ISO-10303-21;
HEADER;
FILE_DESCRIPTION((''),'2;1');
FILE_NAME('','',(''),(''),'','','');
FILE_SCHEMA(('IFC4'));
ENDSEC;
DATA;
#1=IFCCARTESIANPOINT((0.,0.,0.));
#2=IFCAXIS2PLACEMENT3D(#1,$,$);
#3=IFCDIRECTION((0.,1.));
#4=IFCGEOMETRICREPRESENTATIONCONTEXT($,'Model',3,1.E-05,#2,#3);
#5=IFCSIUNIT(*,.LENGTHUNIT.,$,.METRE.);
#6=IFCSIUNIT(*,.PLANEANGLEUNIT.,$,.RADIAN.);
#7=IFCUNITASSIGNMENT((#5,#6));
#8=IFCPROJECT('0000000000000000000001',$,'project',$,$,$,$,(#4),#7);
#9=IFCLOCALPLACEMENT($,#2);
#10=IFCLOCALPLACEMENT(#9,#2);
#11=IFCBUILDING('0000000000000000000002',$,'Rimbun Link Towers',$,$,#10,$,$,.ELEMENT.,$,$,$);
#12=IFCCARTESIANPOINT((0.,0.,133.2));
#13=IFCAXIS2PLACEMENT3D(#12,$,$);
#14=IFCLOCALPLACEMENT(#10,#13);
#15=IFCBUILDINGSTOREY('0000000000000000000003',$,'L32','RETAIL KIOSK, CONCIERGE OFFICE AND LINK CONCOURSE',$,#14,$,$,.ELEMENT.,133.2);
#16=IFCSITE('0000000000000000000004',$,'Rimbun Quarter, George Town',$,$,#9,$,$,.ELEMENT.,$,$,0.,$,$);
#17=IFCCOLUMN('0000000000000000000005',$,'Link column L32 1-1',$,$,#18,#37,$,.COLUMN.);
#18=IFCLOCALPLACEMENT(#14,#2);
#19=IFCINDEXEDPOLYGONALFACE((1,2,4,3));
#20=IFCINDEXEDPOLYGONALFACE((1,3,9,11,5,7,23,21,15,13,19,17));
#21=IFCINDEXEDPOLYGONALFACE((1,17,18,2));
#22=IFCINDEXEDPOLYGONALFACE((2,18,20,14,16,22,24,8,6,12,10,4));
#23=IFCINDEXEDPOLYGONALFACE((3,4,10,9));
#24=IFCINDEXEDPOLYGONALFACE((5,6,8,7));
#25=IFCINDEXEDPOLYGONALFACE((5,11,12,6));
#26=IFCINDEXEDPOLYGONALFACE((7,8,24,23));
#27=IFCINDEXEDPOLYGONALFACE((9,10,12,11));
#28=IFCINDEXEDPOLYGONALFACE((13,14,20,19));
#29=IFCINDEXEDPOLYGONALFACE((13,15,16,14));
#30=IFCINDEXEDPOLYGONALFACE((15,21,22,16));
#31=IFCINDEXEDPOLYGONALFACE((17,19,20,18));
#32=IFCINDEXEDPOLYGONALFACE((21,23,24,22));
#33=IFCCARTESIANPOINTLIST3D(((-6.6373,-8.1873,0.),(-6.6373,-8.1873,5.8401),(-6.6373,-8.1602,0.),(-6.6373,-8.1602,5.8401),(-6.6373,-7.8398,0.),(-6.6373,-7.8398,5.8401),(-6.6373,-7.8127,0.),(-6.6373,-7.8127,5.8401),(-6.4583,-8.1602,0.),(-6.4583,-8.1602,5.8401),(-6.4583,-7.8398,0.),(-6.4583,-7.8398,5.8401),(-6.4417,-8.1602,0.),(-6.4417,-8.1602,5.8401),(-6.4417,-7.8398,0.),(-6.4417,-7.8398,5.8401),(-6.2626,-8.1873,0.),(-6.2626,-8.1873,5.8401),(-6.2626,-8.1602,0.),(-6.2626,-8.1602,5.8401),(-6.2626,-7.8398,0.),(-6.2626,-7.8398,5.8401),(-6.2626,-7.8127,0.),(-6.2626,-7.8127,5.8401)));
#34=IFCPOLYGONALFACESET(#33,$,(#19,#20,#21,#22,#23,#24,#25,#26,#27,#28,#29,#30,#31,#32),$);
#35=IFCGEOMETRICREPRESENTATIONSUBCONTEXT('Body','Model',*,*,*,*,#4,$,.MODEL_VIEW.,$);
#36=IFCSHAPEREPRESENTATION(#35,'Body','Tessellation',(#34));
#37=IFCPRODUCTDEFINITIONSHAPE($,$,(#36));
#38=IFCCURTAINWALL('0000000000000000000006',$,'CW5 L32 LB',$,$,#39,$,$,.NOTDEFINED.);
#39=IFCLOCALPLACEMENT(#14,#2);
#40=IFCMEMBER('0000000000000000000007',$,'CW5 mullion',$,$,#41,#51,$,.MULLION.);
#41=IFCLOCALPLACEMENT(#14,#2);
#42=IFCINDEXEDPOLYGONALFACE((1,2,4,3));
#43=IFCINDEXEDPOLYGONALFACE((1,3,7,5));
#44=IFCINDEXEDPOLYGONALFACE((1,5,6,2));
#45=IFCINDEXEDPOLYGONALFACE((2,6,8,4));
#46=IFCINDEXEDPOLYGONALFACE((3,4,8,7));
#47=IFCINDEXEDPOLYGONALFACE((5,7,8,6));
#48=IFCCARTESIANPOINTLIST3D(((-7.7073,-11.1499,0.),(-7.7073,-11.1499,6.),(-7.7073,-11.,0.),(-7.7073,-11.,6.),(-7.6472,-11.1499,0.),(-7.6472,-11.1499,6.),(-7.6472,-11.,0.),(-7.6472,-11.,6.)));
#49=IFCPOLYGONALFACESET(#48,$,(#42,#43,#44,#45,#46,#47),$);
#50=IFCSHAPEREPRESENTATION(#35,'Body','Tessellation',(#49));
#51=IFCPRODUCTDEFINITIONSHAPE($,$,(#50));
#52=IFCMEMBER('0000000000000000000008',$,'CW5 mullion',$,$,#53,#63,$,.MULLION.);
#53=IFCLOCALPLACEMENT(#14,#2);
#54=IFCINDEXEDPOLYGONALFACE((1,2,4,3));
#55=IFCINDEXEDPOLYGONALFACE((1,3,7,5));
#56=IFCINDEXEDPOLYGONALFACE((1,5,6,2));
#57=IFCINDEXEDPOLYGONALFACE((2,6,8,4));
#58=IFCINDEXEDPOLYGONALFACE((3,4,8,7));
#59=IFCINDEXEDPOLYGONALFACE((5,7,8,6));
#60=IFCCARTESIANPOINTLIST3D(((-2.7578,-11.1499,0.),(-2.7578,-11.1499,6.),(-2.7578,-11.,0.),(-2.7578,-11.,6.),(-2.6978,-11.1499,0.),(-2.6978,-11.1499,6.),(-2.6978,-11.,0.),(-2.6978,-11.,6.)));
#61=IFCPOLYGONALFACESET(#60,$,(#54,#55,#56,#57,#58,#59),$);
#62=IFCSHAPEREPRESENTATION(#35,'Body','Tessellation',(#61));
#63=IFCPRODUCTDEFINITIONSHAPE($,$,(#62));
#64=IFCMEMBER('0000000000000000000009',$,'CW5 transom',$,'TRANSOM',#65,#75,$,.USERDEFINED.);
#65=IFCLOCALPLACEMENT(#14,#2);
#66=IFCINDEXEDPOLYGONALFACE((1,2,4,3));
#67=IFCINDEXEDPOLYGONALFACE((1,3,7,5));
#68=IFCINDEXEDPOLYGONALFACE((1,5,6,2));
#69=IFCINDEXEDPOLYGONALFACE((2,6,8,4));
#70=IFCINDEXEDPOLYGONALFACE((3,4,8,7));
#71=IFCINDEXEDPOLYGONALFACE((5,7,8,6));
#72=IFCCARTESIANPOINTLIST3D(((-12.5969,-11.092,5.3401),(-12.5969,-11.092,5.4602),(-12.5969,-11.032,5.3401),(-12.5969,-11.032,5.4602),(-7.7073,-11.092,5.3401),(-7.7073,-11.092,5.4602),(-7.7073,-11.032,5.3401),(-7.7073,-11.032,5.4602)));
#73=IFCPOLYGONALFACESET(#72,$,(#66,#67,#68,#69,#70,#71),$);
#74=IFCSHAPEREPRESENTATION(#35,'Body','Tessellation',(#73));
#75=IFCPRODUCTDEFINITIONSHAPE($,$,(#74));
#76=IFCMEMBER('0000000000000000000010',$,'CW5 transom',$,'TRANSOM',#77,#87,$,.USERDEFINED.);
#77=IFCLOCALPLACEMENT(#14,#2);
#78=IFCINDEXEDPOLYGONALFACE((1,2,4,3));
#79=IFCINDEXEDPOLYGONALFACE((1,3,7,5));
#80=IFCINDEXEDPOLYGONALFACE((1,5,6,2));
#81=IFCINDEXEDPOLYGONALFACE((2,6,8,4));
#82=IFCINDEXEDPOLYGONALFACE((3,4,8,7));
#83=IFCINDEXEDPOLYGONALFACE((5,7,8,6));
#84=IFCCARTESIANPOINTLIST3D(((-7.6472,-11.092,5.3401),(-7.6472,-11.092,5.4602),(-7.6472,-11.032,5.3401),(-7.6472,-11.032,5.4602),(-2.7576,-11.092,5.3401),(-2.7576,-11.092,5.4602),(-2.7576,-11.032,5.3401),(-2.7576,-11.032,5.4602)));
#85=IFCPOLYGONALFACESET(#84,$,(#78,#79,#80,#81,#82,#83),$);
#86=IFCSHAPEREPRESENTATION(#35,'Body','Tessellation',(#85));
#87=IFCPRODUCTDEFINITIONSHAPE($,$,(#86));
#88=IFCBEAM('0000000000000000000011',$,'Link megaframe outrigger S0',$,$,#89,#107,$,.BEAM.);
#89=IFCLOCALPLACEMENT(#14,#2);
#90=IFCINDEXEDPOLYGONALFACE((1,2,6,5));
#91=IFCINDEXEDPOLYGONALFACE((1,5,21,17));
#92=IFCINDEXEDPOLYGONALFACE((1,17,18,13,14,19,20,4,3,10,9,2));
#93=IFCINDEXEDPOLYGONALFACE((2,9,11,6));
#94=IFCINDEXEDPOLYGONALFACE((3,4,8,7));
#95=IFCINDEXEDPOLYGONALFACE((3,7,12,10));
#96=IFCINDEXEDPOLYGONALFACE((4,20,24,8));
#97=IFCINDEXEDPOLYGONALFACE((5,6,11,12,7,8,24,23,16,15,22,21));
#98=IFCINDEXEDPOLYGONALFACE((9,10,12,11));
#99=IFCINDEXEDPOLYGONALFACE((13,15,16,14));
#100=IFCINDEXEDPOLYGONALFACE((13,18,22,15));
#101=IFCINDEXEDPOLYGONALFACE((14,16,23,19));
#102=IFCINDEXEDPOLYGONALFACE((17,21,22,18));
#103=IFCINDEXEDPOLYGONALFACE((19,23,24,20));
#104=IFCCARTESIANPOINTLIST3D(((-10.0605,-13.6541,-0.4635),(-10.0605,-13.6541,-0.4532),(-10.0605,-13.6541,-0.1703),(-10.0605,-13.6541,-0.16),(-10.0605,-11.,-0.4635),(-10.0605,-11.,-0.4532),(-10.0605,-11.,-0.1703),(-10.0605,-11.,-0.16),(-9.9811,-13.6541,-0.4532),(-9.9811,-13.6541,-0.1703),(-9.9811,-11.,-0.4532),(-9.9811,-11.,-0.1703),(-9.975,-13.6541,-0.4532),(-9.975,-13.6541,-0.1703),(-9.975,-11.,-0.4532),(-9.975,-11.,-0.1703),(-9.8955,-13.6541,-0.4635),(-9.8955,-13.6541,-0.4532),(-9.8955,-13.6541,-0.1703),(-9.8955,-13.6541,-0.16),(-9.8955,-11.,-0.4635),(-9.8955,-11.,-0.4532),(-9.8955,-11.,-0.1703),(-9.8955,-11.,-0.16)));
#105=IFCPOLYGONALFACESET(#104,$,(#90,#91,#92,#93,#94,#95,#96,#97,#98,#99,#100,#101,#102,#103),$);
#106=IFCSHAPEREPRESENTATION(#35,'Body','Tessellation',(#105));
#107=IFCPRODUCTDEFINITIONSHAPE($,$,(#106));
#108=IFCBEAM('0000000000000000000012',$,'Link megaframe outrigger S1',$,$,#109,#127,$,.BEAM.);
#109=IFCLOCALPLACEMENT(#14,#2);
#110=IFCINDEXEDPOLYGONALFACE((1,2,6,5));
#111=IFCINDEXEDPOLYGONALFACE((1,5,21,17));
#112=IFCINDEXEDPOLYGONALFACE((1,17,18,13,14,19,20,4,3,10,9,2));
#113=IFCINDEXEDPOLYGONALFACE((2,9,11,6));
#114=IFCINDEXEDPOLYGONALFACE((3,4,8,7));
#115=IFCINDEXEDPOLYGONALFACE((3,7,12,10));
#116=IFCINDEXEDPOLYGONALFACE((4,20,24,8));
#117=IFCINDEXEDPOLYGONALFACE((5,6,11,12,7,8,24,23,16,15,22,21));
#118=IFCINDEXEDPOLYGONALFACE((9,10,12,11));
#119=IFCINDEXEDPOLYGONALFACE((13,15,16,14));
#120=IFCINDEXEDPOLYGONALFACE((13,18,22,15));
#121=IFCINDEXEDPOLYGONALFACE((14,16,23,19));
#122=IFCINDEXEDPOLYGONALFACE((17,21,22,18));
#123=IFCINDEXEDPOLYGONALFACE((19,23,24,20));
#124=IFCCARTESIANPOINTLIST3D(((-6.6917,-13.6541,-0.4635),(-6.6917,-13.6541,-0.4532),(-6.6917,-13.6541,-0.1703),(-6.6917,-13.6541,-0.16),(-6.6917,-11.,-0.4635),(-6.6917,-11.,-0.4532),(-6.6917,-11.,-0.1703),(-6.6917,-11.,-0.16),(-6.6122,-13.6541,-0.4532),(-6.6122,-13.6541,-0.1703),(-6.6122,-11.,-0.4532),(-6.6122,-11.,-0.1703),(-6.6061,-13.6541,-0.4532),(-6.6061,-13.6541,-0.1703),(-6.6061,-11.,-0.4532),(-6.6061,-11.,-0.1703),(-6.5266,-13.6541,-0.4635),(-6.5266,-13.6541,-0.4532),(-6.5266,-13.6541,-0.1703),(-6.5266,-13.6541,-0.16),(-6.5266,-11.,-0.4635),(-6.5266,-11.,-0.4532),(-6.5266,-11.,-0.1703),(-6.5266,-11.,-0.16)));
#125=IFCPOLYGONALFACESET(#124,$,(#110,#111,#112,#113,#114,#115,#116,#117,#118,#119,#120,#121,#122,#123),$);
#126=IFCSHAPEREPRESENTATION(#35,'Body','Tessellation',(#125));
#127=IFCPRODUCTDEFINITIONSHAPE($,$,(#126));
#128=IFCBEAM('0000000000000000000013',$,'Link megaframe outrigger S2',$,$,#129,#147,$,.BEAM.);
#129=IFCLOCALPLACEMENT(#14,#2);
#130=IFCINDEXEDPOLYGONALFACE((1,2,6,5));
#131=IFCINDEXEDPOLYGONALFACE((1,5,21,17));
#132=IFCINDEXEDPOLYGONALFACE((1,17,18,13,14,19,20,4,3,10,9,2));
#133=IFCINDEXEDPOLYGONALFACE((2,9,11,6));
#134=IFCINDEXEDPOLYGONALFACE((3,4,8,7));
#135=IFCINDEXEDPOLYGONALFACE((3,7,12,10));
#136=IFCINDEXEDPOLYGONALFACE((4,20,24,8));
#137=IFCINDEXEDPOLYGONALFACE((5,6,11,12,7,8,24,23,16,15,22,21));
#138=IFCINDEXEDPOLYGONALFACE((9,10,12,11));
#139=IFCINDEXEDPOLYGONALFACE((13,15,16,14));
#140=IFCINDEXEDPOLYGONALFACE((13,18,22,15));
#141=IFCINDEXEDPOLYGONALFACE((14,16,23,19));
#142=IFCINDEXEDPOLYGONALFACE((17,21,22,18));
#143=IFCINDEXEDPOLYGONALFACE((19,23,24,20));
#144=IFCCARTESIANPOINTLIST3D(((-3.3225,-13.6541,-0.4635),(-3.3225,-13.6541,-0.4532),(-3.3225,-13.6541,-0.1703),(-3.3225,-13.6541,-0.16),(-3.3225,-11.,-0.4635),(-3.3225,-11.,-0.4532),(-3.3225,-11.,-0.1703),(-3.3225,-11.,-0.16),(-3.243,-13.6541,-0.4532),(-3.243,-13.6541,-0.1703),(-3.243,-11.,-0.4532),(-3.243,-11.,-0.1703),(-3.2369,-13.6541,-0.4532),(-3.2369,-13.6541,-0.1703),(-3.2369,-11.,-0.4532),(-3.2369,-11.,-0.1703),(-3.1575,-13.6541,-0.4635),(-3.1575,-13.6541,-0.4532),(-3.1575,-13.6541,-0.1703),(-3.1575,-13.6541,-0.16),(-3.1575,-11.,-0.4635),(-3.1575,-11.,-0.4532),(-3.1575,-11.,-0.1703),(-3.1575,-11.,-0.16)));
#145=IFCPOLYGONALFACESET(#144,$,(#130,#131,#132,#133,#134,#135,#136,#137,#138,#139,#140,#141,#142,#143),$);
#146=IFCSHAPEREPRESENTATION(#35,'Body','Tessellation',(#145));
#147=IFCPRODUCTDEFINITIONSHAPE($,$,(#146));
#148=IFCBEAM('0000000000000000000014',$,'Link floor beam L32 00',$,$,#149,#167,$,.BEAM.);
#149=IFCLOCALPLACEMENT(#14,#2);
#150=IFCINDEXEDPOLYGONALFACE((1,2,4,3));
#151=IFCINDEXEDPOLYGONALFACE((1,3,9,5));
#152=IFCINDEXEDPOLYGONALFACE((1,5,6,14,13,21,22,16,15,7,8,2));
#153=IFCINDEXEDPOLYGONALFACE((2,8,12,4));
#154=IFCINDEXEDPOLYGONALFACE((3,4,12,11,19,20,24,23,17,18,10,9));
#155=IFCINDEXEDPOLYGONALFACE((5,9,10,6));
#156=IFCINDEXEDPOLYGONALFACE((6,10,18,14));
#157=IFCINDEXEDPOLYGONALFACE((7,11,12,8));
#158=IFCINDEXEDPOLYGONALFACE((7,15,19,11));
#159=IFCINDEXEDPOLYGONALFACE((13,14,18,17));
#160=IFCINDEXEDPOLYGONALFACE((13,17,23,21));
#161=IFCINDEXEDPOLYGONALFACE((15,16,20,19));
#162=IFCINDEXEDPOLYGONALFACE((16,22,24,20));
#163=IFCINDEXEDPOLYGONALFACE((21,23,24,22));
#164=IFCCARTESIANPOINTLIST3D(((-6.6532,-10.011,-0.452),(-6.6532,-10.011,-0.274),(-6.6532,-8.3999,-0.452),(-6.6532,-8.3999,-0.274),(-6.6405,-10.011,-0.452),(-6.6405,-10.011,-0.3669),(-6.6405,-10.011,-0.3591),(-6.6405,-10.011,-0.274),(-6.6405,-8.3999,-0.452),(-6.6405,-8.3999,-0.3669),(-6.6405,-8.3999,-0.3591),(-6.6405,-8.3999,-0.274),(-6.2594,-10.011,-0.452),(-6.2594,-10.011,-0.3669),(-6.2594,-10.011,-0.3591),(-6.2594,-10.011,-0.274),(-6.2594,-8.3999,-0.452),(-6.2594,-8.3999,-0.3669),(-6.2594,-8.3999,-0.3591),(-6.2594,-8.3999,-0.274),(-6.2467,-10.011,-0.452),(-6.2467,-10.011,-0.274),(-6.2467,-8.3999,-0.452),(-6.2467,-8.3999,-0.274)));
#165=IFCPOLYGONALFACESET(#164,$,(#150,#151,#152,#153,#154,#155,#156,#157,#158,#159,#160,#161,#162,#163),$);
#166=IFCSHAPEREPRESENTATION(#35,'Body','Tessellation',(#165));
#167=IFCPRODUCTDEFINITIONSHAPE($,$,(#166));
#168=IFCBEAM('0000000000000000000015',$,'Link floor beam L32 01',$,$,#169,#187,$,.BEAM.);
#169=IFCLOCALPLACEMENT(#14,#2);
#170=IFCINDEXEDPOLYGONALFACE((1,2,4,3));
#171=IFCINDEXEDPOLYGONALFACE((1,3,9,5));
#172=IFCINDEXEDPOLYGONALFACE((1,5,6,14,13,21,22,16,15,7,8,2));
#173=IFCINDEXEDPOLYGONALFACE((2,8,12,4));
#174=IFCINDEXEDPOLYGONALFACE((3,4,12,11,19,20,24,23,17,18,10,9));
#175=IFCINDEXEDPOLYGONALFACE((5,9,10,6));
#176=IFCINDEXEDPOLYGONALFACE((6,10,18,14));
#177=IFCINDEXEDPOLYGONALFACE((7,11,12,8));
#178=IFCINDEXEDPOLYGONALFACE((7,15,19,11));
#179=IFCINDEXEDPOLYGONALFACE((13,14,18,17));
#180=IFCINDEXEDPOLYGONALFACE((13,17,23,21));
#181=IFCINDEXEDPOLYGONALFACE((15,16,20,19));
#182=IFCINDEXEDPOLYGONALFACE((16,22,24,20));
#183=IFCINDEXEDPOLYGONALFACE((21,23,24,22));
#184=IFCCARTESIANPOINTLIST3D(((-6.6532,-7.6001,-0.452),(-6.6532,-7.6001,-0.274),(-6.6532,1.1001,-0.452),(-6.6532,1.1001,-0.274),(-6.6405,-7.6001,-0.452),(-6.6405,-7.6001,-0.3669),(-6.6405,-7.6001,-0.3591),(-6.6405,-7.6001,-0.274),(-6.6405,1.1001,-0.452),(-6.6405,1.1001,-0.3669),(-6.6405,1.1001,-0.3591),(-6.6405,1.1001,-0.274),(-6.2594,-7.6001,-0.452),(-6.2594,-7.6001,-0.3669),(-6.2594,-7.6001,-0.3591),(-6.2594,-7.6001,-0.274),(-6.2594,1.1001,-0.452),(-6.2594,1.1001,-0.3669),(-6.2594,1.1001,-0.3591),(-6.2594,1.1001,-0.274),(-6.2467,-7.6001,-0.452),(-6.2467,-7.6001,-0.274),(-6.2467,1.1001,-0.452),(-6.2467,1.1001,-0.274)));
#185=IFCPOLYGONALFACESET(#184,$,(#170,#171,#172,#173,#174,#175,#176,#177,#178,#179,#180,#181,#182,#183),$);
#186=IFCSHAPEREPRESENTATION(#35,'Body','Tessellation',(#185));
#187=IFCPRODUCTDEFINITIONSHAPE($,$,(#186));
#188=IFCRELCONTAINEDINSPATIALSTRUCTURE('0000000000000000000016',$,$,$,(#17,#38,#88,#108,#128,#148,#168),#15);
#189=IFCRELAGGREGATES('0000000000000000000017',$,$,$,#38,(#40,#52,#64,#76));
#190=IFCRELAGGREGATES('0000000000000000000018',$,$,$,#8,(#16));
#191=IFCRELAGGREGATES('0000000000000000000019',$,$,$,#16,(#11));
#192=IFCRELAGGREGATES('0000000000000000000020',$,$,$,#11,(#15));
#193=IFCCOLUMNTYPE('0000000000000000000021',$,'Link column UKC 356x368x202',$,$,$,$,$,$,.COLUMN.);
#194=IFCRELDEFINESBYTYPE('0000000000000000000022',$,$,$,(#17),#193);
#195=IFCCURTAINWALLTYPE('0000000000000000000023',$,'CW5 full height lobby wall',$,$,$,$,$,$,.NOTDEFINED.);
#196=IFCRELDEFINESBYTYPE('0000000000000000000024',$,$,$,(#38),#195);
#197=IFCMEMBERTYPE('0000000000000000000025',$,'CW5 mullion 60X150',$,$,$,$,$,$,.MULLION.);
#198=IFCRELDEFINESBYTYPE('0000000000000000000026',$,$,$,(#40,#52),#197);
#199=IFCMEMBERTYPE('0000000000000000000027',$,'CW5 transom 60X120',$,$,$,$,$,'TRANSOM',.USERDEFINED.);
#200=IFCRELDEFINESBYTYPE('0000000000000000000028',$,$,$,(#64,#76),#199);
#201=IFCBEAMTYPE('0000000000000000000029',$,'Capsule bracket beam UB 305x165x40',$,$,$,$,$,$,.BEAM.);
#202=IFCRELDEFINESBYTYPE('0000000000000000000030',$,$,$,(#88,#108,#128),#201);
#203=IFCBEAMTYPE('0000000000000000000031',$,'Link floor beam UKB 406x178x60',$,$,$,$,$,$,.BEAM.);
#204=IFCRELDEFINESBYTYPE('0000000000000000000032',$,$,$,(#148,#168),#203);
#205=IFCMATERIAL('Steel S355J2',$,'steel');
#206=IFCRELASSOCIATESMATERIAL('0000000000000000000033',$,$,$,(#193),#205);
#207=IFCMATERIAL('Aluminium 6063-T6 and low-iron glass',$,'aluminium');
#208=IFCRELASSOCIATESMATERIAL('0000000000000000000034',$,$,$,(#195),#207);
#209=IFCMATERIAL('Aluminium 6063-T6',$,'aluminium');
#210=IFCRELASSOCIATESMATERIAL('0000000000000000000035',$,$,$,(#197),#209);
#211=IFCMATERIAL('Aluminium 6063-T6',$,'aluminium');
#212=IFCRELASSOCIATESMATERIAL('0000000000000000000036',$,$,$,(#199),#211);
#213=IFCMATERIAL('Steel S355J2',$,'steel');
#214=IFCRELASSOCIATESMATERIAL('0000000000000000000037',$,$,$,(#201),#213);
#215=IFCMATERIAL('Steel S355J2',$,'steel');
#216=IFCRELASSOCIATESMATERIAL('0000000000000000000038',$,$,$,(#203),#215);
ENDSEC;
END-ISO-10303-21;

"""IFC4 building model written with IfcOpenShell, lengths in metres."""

from ifc_helpers import new_model, si_unit, direction, frame, origin, origin_2d, place, context, subcontext, project, spatial, rectangle, i_section, extrude, material, material_profile, profile_set, type_object, element, aggregate, save


model = new_model("IFC4")

# Units and contexts
model_context = context("Model", 3, precision=1e-05, world=origin(), true_north=direction((0.0, 1.0)))
body_context = subcontext(model_context, "Body", "Model", "MODEL_VIEW")
ifc_project = project(units=[si_unit("LENGTHUNIT", "METRE"), si_unit("PLANEANGLEUNIT", "RADIAN")], contexts=[model_context])

# Site, building, storey
site_placement = place(None, origin())
site = spatial("IfcSite", under=ifc_project, at=site_placement, Name="Rimbun Quarter, George Town", CompositionType="ELEMENT", RefElevation=0.0)
building_placement = place(site_placement, origin())
building = spatial("IfcBuilding", under=site, at=building_placement, Name="Rimbun Link Towers", CompositionType="ELEMENT")
storey_placement = place(building_placement, frame((0.0, 0.0, 133.2)))
storey = spatial("IfcBuildingStorey", under=building, at=storey_placement, Name="L32", Description="RETAIL KIOSK, CONCIERGE OFFICE AND LINK CONCOURSE", CompositionType="ELEMENT", Elevation=133.2)

# Column
ifc_material_1 = material(Name="Steel S355J2", Category="steel")
ifc_material_profile_1 = material_profile(ifc_material_1, i_section(OverallWidth=0.3748, OverallDepth=0.3745, WebThickness=0.0166, FlangeThickness=0.0271, at=origin_2d()), Name="UKC 356x368x202")
ifc_profile_set_1 = profile_set([ifc_material_profile_1], Name="Steel S355J2")
column_type = type_object("IfcColumnType", Name="Link column UKC 356x368x202", PredefinedType="COLUMN", material=ifc_profile_set_1)
column_placement = place(storey_placement, frame((-6.45, -8.0, 0.0), z_axis=(0.0, 0.0, 1.0), x_axis=(1.0, 0.0, 0.0)))
element("IfcColumn", 1, at=column_placement, inside=storey, type_object=column_type, Name="Link column L32 1-1", PredefinedType="COLUMN", context=body_context, shape_type="SweptSolid", body=[
    extrude(i_section(OverallWidth=0.3748, OverallDepth=0.3745, WebThickness=0.0166, FlangeThickness=0.0271, at=origin_2d()), origin(), (0.0, 0.0, 1.0), 5.8401),
])

# Curtain wall, members
ifc_material_2 = material(Name="Aluminium 6063-T6 and low-iron glass", Category="aluminium")
curtain_wall_type = type_object("IfcCurtainWallType", Name="CW5 full height lobby wall", PredefinedType="NOTDEFINED", material=ifc_material_2)
curtain_wall_placement = place(storey_placement, origin())
curtain_wall = element("IfcCurtainWall", 2, at=curtain_wall_placement, inside=storey, type_object=curtain_wall_type, Name="CW5 L32 LB", PredefinedType="NOTDEFINED")
ifc_material_3 = material(Name="Aluminium 6063-T6", Category="aluminium")
ifc_material_profile_2 = material_profile(ifc_material_3, rectangle(XDim=0.1499, YDim=0.0601, at=origin_2d()), Name="MULLION 60X150")
ifc_profile_set_2 = profile_set([ifc_material_profile_2], Name="Aluminium 6063-T6")
member_type_1 = type_object("IfcMemberType", Name="CW5 mullion 60X150", PredefinedType="MULLION", material=ifc_profile_set_2)
member_1_placement = place(storey_placement, frame((-7.6772, -11.075, 0.0), z_axis=(0.0, 0.0, 1.0), x_axis=(0.0, -1.0, 0.0)))
member_1 = element("IfcMember", 3, at=member_1_placement, type_object=member_type_1, Name="CW5 mullion", PredefinedType="MULLION", context=body_context, shape_type="SweptSolid", body=[
    extrude(rectangle(XDim=0.1499, YDim=0.0601, at=origin_2d()), origin(), (0.0, 0.0, 1.0), 6.0),
])
member_2_placement = place(storey_placement, frame((-2.7278, -11.075, 0.0), z_axis=(0.0, 0.0, 1.0), x_axis=(0.0, -1.0, 0.0)))
member_2 = element("IfcMember", 4, at=member_2_placement, type_object=member_type_1, Name="CW5 mullion", PredefinedType="MULLION", context=body_context, shape_type="SweptSolid", body=[
    extrude(rectangle(XDim=0.1499, YDim=0.0601, at=origin_2d()), origin(), (0.0, 0.0, 1.0), 6.0),
])
ifc_material_4 = material(Name="Aluminium 6063-T6", Category="aluminium")
ifc_material_profile_3 = material_profile(ifc_material_4, rectangle(XDim=0.0601, YDim=0.1201, at=origin_2d()), Name="TRANSOM 60X120")
ifc_profile_set_3 = profile_set([ifc_material_profile_3], Name="Aluminium 6063-T6")
member_type_2 = type_object("IfcMemberType", Name="CW5 transom 60X120", ElementType="TRANSOM", PredefinedType="USERDEFINED", material=ifc_profile_set_3)
member_3_placement = place(storey_placement, frame((-7.7073, -11.062, 5.4001), z_axis=(-1.0, 0.0, 0.0), x_axis=(0.0, -1.0, 0.0)))
member_3 = element("IfcMember", 5, at=member_3_placement, type_object=member_type_2, Name="CW5 transom", ObjectType="TRANSOM", PredefinedType="USERDEFINED", context=body_context, shape_type="SweptSolid", body=[
    extrude(rectangle(XDim=0.0601, YDim=0.1201, at=origin_2d()), origin(), (0.0, 0.0, 1.0), 4.8896),
])
member_4_placement = place(storey_placement, frame((-2.7576, -11.062, 5.4001), z_axis=(-1.0, 0.0, 0.0), x_axis=(0.0, -1.0, 0.0)))
member_4 = element("IfcMember", 6, at=member_4_placement, type_object=member_type_2, Name="CW5 transom", ObjectType="TRANSOM", PredefinedType="USERDEFINED", context=body_context, shape_type="SweptSolid", body=[
    extrude(rectangle(XDim=0.0601, YDim=0.1201, at=origin_2d()), origin(), (0.0, 0.0, 1.0), 4.8896),
])

# Beams
ifc_material_5 = material(Name="Steel S355J2", Category="steel")
ifc_material_profile_4 = material_profile(ifc_material_5, i_section(OverallWidth=0.165, OverallDepth=0.3035, WebThickness=0.0061, FlangeThickness=0.0103, at=origin_2d()), Name="UB 305x165x40")
ifc_profile_set_4 = profile_set([ifc_material_profile_4], Name="Steel S355J2")
beam_type_1 = type_object("IfcBeamType", Name="Capsule bracket beam UB 305x165x40", PredefinedType="BEAM", material=ifc_profile_set_4)
for number, where, z_axis, x_axis, name in (
    (7, (-9.978, -11.0, -0.3118), (0.0, -1.0, 0.0), (1.0, 0.0, 0.0), "Link megaframe outrigger S0"),
    (8, (-6.6091, -11.0, -0.3118), (0.0, -1.0, 0.0), (1.0, 0.0, 0.0), "Link megaframe outrigger S1"),
    (9, (-3.24, -11.0, -0.3118), (0.0, -1.0, 0.0), (1.0, 0.0, 0.0), "Link megaframe outrigger S2"),
):
    element("IfcBeam", number, at=place(storey_placement, frame(where, z_axis=z_axis, x_axis=x_axis)), inside=storey, type_object=beam_type_1, Name=name, PredefinedType="BEAM", context=body_context, shape_type="SweptSolid", body=[
        extrude(i_section(OverallWidth=0.165, OverallDepth=0.3035, WebThickness=0.0061, FlangeThickness=0.0103, at=origin_2d()), origin(), (0.0, 0.0, 1.0), 2.6541),
    ])

# Beams
ifc_material_6 = material(Name="Steel S355J2", Category="steel")
ifc_material_profile_5 = material_profile(ifc_material_6, i_section(OverallWidth=0.178, OverallDepth=0.4065, WebThickness=0.0078, FlangeThickness=0.0127, at=origin_2d()), Name="UKB 406x178x60")
ifc_profile_set_5 = profile_set([ifc_material_profile_5], Name="Steel S355J2")
beam_type_2 = type_object("IfcBeamType", Name="Link floor beam UKB 406x178x60", PredefinedType="BEAM", material=ifc_profile_set_5)
beam_1_placement = place(storey_placement, frame((-6.45, -10.011, -0.363), z_axis=(0.0, 1.0, 0.0), x_axis=(0.0, 0.0, 1.0)))
element("IfcBeam", 10, at=beam_1_placement, inside=storey, type_object=beam_type_2, Name="Link floor beam L32 00", PredefinedType="BEAM", context=body_context, shape_type="SweptSolid", body=[
    extrude(i_section(OverallWidth=0.178, OverallDepth=0.4065, WebThickness=0.0078, FlangeThickness=0.0127, at=origin_2d()), origin(), (0.0, 0.0, 1.0), 1.6111),
])
beam_2_placement = place(storey_placement, frame((-6.45, -7.6001, -0.363), z_axis=(0.0, 1.0, 0.0), x_axis=(0.0, 0.0, 1.0)))
element("IfcBeam", 11, at=beam_2_placement, inside=storey, type_object=beam_type_2, Name="Link floor beam L32 01", PredefinedType="BEAM", context=body_context, shape_type="SweptSolid", body=[
    extrude(i_section(OverallWidth=0.178, OverallDepth=0.4065, WebThickness=0.0078, FlangeThickness=0.0127, at=origin_2d()), origin(), (0.0, 0.0, 1.0), 8.7002),
])

aggregate(curtain_wall, [member_1, member_2, member_3, member_4])

save(model, "model.ifc")
